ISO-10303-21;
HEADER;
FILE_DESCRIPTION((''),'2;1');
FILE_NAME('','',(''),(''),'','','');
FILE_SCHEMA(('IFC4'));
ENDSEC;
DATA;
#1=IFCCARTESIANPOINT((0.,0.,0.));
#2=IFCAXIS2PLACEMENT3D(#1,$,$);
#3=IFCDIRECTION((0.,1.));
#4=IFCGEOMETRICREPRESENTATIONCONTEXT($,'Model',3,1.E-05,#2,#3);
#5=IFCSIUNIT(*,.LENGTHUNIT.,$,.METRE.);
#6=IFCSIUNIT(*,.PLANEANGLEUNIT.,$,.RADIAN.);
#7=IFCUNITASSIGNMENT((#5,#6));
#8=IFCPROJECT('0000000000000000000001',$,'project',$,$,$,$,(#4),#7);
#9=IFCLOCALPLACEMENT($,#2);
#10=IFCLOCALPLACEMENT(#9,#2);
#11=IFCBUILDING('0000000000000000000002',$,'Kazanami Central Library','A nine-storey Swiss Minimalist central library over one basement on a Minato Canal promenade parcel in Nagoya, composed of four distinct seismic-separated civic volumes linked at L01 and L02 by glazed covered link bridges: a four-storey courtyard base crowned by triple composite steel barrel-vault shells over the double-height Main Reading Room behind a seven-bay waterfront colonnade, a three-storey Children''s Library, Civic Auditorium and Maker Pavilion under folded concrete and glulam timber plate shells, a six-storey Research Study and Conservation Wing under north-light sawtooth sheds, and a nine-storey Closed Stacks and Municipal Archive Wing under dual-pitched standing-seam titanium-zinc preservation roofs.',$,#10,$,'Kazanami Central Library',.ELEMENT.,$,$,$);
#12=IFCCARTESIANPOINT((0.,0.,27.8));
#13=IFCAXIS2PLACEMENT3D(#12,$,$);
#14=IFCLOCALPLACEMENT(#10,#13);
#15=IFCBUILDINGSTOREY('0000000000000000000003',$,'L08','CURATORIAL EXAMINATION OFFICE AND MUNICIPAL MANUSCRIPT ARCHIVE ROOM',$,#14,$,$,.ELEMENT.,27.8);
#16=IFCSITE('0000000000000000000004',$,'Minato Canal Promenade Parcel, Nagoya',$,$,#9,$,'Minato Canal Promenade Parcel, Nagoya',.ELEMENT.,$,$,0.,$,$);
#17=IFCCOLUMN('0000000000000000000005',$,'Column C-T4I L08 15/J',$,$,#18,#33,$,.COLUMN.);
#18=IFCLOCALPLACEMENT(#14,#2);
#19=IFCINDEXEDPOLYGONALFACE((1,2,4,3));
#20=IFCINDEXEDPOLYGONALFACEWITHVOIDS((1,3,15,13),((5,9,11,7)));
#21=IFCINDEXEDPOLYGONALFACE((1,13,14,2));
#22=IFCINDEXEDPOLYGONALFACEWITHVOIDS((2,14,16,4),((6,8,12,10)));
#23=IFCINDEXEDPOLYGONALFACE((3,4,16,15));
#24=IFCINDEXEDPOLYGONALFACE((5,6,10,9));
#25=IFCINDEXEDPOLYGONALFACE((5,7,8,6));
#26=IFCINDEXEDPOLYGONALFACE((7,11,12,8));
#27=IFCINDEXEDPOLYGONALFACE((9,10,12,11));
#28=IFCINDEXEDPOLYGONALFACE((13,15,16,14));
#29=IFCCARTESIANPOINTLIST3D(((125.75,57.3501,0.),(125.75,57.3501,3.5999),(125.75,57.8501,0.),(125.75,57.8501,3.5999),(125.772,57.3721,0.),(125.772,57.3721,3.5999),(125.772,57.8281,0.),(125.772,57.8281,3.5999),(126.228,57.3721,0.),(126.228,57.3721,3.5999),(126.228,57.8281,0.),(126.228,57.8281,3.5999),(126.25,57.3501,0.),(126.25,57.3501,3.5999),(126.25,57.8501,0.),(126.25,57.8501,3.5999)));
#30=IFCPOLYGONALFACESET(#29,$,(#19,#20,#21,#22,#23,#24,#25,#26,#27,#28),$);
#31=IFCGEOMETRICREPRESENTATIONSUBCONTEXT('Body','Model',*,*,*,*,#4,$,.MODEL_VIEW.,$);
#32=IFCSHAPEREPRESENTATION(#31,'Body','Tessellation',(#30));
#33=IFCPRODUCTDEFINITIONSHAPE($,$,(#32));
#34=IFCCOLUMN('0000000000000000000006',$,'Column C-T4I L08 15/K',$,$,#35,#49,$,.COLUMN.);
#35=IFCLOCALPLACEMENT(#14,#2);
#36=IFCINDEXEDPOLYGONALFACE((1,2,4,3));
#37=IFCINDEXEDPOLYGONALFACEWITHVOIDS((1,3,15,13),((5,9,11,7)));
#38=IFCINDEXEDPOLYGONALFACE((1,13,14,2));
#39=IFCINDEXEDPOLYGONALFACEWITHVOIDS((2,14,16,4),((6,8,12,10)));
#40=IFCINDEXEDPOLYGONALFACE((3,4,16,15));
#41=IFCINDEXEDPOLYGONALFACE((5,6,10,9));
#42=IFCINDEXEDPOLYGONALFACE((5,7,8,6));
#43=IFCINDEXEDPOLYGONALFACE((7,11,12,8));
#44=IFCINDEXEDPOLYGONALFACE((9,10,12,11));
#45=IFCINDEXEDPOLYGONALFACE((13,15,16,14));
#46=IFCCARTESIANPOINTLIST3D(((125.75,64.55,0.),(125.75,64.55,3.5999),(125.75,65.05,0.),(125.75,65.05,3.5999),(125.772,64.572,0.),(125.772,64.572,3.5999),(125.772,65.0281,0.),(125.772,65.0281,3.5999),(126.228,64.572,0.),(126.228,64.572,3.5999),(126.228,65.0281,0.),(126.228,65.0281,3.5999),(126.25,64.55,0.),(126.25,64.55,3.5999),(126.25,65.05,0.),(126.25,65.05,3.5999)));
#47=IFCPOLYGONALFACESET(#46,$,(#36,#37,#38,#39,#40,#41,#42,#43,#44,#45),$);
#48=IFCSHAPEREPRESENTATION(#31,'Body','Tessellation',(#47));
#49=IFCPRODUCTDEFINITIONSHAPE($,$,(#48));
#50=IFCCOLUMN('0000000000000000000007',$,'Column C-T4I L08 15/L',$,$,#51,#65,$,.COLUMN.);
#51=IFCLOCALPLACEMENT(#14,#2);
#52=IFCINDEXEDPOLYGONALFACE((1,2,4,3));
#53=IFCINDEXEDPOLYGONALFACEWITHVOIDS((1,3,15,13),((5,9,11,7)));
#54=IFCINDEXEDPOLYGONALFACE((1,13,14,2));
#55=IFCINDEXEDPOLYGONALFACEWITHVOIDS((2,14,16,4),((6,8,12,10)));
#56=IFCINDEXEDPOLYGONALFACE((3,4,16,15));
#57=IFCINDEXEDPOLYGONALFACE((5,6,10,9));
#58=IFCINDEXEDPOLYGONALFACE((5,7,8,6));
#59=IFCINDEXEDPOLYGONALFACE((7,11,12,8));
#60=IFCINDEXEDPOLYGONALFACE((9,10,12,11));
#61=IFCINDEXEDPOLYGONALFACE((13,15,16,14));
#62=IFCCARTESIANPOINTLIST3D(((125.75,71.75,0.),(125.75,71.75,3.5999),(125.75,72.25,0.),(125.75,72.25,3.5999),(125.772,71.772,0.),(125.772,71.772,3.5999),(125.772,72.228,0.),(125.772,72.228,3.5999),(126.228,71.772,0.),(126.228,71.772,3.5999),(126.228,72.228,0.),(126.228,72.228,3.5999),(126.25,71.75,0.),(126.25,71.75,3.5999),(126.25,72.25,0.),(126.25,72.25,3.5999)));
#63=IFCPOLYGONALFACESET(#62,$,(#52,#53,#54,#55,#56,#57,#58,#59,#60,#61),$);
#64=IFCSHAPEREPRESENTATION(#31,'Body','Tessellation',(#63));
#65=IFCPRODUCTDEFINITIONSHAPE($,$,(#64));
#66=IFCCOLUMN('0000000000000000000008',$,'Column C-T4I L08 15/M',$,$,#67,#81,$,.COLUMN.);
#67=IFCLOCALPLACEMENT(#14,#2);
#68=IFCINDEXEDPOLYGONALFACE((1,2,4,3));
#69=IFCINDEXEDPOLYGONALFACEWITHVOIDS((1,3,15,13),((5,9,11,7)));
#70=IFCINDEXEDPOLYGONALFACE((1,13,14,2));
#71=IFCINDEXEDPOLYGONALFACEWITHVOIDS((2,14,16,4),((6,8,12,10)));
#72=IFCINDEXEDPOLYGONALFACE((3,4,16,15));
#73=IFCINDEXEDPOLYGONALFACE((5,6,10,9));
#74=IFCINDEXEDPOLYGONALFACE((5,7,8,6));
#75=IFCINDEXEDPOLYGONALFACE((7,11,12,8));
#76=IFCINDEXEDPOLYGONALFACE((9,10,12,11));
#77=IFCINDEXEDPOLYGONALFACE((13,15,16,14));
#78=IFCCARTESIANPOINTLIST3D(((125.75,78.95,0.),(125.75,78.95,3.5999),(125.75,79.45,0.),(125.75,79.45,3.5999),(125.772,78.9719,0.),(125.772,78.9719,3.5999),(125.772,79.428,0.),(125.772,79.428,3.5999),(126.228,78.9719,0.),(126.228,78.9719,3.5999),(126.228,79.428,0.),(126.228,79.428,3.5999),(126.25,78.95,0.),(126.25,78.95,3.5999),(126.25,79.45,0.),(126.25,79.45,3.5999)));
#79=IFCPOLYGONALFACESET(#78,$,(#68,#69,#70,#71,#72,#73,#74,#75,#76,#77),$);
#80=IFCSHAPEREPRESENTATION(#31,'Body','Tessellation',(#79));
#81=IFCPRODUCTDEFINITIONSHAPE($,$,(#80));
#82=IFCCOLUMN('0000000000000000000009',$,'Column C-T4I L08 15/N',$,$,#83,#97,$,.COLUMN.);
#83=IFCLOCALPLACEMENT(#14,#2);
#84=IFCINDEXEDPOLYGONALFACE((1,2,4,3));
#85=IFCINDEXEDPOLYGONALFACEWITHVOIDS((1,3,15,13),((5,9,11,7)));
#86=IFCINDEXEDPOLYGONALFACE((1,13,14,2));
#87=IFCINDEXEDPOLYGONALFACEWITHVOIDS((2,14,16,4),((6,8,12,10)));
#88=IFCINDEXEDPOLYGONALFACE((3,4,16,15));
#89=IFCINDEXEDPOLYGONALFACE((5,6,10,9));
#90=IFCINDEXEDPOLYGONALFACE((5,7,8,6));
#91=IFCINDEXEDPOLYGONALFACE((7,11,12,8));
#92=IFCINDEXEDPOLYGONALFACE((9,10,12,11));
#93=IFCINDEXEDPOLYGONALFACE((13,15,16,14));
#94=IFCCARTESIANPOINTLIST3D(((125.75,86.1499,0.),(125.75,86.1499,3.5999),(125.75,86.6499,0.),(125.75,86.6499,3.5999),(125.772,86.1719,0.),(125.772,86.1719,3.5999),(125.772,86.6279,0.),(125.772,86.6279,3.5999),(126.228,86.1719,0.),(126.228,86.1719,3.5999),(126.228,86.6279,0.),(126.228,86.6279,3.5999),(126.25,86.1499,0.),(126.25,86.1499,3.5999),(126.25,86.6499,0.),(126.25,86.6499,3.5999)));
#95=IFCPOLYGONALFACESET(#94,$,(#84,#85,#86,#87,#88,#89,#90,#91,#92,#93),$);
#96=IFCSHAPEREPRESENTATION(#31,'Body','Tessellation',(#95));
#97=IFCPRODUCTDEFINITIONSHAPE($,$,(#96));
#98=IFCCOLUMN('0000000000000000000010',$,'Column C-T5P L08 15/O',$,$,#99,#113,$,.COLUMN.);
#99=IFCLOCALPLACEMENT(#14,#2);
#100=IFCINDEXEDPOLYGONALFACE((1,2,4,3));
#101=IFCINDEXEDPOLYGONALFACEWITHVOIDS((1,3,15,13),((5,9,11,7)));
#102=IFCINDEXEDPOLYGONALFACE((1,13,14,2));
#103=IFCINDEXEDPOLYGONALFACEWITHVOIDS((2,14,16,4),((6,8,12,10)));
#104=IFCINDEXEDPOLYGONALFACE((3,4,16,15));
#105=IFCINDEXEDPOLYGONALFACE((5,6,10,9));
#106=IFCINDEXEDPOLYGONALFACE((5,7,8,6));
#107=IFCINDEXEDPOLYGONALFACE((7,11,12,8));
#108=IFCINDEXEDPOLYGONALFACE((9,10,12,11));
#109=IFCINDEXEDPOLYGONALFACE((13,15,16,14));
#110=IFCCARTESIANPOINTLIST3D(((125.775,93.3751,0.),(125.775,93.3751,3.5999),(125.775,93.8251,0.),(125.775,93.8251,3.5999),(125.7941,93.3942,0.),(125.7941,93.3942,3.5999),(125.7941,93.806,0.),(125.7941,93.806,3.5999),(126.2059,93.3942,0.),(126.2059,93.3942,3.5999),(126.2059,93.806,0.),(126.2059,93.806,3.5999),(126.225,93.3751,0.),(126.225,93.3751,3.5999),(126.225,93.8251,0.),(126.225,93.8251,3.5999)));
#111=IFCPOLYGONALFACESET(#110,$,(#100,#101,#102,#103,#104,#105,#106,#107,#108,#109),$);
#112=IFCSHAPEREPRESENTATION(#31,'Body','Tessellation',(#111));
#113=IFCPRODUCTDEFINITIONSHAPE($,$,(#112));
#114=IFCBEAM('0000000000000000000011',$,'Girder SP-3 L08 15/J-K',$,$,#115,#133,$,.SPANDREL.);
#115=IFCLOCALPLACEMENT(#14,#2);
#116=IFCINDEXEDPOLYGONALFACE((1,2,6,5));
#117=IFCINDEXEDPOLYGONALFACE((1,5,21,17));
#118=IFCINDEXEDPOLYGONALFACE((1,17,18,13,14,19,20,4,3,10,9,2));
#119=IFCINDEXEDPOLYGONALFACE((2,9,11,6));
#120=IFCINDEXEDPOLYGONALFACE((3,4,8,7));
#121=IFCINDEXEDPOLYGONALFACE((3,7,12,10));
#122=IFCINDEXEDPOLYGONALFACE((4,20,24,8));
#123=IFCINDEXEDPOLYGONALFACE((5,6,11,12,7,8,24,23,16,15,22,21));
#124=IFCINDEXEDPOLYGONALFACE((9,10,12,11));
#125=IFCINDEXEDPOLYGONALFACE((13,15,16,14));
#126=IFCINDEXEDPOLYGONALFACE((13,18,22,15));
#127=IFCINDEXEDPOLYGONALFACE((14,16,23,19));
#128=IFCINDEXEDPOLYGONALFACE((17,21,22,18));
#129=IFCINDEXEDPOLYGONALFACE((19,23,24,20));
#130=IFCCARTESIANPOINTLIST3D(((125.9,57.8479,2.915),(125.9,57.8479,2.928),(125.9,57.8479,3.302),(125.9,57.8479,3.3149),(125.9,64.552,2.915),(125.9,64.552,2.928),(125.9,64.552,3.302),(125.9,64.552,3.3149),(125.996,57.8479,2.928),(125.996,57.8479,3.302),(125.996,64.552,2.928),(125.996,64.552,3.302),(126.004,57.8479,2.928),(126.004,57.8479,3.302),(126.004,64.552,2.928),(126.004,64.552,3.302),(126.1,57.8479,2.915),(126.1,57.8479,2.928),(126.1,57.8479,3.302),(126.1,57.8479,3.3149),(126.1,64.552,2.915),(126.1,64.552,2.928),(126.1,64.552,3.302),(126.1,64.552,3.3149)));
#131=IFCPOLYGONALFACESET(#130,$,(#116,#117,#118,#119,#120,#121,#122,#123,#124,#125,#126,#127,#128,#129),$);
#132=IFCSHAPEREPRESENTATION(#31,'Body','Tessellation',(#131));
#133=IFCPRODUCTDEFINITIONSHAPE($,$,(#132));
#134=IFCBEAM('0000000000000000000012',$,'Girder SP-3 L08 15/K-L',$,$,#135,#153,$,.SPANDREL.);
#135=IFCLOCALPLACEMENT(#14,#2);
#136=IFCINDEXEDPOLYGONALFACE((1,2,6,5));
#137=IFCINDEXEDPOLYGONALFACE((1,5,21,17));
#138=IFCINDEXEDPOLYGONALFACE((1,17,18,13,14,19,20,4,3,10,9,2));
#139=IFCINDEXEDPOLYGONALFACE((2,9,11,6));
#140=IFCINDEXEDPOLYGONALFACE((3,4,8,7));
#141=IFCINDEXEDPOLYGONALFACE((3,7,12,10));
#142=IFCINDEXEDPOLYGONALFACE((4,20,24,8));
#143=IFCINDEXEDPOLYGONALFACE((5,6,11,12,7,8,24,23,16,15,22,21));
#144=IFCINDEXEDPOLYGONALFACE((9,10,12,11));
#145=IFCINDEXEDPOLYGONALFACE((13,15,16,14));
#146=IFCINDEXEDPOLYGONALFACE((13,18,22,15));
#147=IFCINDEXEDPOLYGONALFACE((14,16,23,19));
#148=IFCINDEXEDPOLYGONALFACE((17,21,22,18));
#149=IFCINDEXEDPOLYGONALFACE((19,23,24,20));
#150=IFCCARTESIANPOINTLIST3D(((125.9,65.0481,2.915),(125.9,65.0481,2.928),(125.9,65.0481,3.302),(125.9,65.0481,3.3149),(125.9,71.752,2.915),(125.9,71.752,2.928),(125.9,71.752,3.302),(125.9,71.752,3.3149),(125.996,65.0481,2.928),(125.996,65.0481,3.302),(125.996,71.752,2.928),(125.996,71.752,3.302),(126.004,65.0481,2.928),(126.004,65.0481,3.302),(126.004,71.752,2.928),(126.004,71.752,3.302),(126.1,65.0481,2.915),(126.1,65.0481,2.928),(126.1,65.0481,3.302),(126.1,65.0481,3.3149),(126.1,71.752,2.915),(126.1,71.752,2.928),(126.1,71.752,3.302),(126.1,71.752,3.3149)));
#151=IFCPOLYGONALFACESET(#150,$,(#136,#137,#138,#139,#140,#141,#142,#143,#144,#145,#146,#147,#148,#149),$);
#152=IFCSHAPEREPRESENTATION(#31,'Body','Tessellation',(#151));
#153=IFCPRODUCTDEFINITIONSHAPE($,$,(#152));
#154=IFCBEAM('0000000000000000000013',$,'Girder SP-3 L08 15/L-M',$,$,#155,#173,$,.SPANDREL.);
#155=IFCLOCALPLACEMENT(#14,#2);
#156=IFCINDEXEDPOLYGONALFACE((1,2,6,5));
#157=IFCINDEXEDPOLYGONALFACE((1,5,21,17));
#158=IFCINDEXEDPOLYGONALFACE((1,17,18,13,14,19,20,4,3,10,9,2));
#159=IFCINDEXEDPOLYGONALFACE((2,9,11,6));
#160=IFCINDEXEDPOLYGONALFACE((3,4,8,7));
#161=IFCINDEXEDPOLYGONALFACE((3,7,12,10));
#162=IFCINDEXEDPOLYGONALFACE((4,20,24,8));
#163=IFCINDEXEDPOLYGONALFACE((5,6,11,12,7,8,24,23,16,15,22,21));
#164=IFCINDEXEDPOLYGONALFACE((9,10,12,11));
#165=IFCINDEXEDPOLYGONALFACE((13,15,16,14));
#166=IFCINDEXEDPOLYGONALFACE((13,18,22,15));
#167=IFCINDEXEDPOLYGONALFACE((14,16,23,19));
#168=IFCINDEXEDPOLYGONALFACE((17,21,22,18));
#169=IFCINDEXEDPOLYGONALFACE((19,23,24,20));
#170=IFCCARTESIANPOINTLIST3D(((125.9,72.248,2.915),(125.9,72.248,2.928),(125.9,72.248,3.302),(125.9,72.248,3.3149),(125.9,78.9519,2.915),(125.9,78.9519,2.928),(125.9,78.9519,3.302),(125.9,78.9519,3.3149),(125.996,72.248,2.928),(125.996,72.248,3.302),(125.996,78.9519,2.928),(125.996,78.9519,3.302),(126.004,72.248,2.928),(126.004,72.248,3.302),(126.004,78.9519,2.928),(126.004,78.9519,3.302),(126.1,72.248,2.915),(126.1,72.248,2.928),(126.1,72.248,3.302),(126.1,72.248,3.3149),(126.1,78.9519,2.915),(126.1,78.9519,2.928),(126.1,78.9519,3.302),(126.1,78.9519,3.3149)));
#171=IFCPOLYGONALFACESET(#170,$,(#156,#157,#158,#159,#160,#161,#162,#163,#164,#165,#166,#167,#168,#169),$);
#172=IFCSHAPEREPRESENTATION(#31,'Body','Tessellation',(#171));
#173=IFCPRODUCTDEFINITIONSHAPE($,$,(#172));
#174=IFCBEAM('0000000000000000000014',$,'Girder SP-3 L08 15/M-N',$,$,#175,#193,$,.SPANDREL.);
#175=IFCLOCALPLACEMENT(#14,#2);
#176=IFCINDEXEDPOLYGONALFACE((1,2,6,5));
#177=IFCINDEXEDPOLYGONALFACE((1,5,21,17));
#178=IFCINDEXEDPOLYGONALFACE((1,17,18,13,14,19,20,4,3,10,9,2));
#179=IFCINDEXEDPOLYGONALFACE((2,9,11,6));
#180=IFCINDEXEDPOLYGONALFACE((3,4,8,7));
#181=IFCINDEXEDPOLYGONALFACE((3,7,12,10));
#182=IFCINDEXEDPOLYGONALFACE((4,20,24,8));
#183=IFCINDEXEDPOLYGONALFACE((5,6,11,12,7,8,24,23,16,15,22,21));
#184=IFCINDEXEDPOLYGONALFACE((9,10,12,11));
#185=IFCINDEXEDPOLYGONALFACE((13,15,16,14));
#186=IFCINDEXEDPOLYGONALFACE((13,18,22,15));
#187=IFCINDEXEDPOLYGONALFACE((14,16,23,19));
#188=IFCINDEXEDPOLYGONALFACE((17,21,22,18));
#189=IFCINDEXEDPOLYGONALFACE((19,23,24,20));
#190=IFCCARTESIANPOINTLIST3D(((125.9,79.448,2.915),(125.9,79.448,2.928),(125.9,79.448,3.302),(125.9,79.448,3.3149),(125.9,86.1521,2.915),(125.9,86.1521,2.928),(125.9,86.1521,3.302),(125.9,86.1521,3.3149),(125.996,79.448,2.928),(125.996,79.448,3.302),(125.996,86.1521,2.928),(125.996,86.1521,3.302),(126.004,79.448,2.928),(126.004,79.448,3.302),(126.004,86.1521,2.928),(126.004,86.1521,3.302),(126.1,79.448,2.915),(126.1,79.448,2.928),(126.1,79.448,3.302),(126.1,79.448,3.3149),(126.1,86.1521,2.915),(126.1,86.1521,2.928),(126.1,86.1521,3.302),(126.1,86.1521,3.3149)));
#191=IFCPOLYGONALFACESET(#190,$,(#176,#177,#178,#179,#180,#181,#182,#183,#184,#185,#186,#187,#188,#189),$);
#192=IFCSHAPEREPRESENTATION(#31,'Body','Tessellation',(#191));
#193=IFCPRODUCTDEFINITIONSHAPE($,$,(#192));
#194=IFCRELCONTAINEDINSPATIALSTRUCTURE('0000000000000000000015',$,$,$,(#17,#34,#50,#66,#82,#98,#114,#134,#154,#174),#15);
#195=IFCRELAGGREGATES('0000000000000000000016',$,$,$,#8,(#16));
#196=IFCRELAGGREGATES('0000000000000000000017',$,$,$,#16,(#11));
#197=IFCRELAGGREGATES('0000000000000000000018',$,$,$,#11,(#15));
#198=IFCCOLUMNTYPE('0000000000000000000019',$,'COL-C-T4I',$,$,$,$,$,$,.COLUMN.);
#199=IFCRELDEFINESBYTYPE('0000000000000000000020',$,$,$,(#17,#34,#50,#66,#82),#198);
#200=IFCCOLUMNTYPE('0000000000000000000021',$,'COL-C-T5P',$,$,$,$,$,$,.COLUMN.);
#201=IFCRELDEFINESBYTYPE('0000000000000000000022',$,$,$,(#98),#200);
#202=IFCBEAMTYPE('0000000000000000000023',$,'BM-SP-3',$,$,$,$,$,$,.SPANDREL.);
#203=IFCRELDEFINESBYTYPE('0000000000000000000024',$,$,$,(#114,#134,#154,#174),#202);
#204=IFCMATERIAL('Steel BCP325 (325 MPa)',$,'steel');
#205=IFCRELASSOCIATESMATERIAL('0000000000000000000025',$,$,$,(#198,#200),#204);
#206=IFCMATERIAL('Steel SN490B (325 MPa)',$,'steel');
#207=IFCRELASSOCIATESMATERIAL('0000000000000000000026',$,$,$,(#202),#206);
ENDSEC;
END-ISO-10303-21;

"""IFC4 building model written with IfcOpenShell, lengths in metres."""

from ifc_helpers import new_model, si_unit, direction, frame, origin, origin_2d, place, context, subcontext, project, spatial, hollow_rectangle, i_section, extrude, material, material_profile, profile_set, type_object, element, save


model = new_model("IFC4")

# Units and contexts
model_context = context("Model", 3, precision=1e-05, world=origin(), true_north=direction((0.0, 1.0)))
body_context = subcontext(model_context, "Body", "Model", "MODEL_VIEW")
ifc_project = project(units=[si_unit("LENGTHUNIT", "METRE"), si_unit("PLANEANGLEUNIT", "RADIAN")], contexts=[model_context])

# Site, building, storey
site_placement = place(None, origin())
site = spatial("IfcSite", under=ifc_project, at=site_placement, Name="Minato Canal Promenade Parcel, Nagoya", LongName="Minato Canal Promenade Parcel, Nagoya", CompositionType="ELEMENT", RefElevation=0.0)
building_placement = place(site_placement, origin())
building = spatial("IfcBuilding", under=site, at=building_placement, Name="Kazanami Central Library", Description="A nine-storey Swiss Minimalist central library over one basement on a Minato Canal promenade parcel in Nagoya, composed of four distinct seismic-separated civic volumes linked at L01 and L02 by glazed covered link bridges: a four-storey courtyard base crowned by triple composite steel barrel-vault shells over the double-height Main Reading Room behind a seven-bay waterfront colonnade, a three-storey Children's Library, Civic Auditorium and Maker Pavilion under folded concrete and glulam timber plate shells, a six-storey Research Study and Conservation Wing under north-light sawtooth sheds, and a nine-storey Closed Stacks and Municipal Archive Wing under dual-pitched standing-seam titanium-zinc preservation roofs.", LongName="Kazanami Central Library", CompositionType="ELEMENT")
storey_placement = place(building_placement, frame((0.0, 0.0, 27.8)))
storey = spatial("IfcBuildingStorey", under=building, at=storey_placement, Name="L08", Description="CURATORIAL EXAMINATION OFFICE AND MUNICIPAL MANUSCRIPT ARCHIVE ROOM", CompositionType="ELEMENT", Elevation=27.8)

# Columns
ifc_material_1 = material(Name="Steel BCP325 (325 MPa)", Category="steel")
ifc_material_profile_1 = material_profile(ifc_material_1, hollow_rectangle(XDim=0.5, YDim=0.5, WallThickness=0.022, at=origin_2d()), Name="BCP-500x500x22")
ifc_profile_set_1 = profile_set([ifc_material_profile_1], Name="Steel BCP325 (325 MPa)")
column_type_1 = type_object("IfcColumnType", Name="COL-C-T4I", PredefinedType="COLUMN", material=ifc_profile_set_1)
for number, where, z_axis, x_axis, name in (
    (1, (126.0, 57.6001, 0.0), (0.0, 0.0, 1.0), (1.0, 0.0, 0.0), "Column C-T4I L08 15/J"),
    (2, (126.0, 64.8, 0.0), (0.0, 0.0, 1.0), (1.0, 0.0, 0.0), "Column C-T4I L08 15/K"),
    (3, (126.0, 72.0, 0.0), (0.0, 0.0, 1.0), (1.0, 0.0, 0.0), "Column C-T4I L08 15/L"),
    (4, (126.0, 79.2, 0.0), (0.0, 0.0, 1.0), (1.0, 0.0, 0.0), "Column C-T4I L08 15/M"),
    (5, (126.0, 86.3999, 0.0), (0.0, 0.0, 1.0), (1.0, 0.0, 0.0), "Column C-T4I L08 15/N"),
):
    element("IfcColumn", number, at=place(storey_placement, frame(where, z_axis=z_axis, x_axis=x_axis)), inside=storey, type_object=column_type_1, Name=name, PredefinedType="COLUMN", context=body_context, shape_type="SweptSolid", body=[
        extrude(hollow_rectangle(XDim=0.5, YDim=0.5, WallThickness=0.022, at=origin_2d()), origin(), (0.0, 0.0, 1.0), 3.5999),
    ])
ifc_material_profile_2 = material_profile(ifc_material_1, hollow_rectangle(XDim=0.45, YDim=0.45, WallThickness=0.019, at=origin_2d()), Name="BCP-450x450x19")
ifc_profile_set_2 = profile_set([ifc_material_profile_2], Name="Steel BCP325 (325 MPa)")
column_type_2 = type_object("IfcColumnType", Name="COL-C-T5P", PredefinedType="COLUMN", material=ifc_profile_set_2)
column_placement = place(storey_placement, frame((126.0, 93.6001, 0.0), z_axis=(0.0, 0.0, 1.0), x_axis=(1.0, 0.0, 0.0)))
element("IfcColumn", 6, at=column_placement, inside=storey, type_object=column_type_2, Name="Column C-T5P L08 15/O", PredefinedType="COLUMN", context=body_context, shape_type="SweptSolid", body=[
    extrude(hollow_rectangle(XDim=0.45, YDim=0.45, WallThickness=0.019, at=origin_2d()), origin(), (0.0, 0.0, 1.0), 3.5999),
])

# Beams
ifc_material_2 = material(Name="Steel SN490B (325 MPa)", Category="steel")
ifc_material_profile_3 = material_profile(ifc_material_2, i_section(OverallWidth=0.2, OverallDepth=0.3999, WebThickness=0.0081, FlangeThickness=0.0129, at=origin_2d()), Name="H-400x200x8x13")
ifc_profile_set_3 = profile_set([ifc_material_profile_3], Name="Steel SN490B (325 MPa)")
beam_type = type_object("IfcBeamType", Name="BM-SP-3", PredefinedType="SPANDREL", material=ifc_profile_set_3)
beam_1_placement = place(storey_placement, frame((126.0, 57.8479, 3.115), z_axis=(0.0, 1.0, 0.0), x_axis=(-1.0, 0.0, 0.0)))
element("IfcBeam", 7, at=beam_1_placement, inside=storey, type_object=beam_type, Name="Girder SP-3 L08 15/J-K", PredefinedType="SPANDREL", context=body_context, shape_type="SweptSolid", body=[
    extrude(i_section(OverallWidth=0.2, OverallDepth=0.3999, WebThickness=0.0081, FlangeThickness=0.0129, at=origin_2d()), origin(), (0.0, 0.0, 1.0), 6.7041),
])
for number, where, z_axis, x_axis, name in (
    (8, (126.0, 65.0481, 3.115), (0.0, 1.0, 0.0), (-1.0, 0.0, 0.0), "Girder SP-3 L08 15/K-L"),
    (9, (126.0, 72.248, 3.115), (0.0, 1.0, 0.0), (-1.0, 0.0, 0.0), "Girder SP-3 L08 15/L-M"),
):
    element("IfcBeam", number, at=place(storey_placement, frame(where, z_axis=z_axis, x_axis=x_axis)), inside=storey, type_object=beam_type, Name=name, PredefinedType="SPANDREL", context=body_context, shape_type="SweptSolid", body=[
        extrude(i_section(OverallWidth=0.2, OverallDepth=0.3999, WebThickness=0.0081, FlangeThickness=0.0129, at=origin_2d()), origin(), (0.0, 0.0, 1.0), 6.7039),
    ])
beam_2_placement = place(storey_placement, frame((126.0, 79.448, 3.115), z_axis=(0.0, 1.0, 0.0), x_axis=(-1.0, 0.0, 0.0)))
element("IfcBeam", 10, at=beam_2_placement, inside=storey, type_object=beam_type, Name="Girder SP-3 L08 15/M-N", PredefinedType="SPANDREL", context=body_context, shape_type="SweptSolid", body=[
    extrude(i_section(OverallWidth=0.2, OverallDepth=0.3999, WebThickness=0.0081, FlangeThickness=0.0129, at=origin_2d()), origin(), (0.0, 0.0, 1.0), 6.7041),
])

save(model, "model.ifc")
